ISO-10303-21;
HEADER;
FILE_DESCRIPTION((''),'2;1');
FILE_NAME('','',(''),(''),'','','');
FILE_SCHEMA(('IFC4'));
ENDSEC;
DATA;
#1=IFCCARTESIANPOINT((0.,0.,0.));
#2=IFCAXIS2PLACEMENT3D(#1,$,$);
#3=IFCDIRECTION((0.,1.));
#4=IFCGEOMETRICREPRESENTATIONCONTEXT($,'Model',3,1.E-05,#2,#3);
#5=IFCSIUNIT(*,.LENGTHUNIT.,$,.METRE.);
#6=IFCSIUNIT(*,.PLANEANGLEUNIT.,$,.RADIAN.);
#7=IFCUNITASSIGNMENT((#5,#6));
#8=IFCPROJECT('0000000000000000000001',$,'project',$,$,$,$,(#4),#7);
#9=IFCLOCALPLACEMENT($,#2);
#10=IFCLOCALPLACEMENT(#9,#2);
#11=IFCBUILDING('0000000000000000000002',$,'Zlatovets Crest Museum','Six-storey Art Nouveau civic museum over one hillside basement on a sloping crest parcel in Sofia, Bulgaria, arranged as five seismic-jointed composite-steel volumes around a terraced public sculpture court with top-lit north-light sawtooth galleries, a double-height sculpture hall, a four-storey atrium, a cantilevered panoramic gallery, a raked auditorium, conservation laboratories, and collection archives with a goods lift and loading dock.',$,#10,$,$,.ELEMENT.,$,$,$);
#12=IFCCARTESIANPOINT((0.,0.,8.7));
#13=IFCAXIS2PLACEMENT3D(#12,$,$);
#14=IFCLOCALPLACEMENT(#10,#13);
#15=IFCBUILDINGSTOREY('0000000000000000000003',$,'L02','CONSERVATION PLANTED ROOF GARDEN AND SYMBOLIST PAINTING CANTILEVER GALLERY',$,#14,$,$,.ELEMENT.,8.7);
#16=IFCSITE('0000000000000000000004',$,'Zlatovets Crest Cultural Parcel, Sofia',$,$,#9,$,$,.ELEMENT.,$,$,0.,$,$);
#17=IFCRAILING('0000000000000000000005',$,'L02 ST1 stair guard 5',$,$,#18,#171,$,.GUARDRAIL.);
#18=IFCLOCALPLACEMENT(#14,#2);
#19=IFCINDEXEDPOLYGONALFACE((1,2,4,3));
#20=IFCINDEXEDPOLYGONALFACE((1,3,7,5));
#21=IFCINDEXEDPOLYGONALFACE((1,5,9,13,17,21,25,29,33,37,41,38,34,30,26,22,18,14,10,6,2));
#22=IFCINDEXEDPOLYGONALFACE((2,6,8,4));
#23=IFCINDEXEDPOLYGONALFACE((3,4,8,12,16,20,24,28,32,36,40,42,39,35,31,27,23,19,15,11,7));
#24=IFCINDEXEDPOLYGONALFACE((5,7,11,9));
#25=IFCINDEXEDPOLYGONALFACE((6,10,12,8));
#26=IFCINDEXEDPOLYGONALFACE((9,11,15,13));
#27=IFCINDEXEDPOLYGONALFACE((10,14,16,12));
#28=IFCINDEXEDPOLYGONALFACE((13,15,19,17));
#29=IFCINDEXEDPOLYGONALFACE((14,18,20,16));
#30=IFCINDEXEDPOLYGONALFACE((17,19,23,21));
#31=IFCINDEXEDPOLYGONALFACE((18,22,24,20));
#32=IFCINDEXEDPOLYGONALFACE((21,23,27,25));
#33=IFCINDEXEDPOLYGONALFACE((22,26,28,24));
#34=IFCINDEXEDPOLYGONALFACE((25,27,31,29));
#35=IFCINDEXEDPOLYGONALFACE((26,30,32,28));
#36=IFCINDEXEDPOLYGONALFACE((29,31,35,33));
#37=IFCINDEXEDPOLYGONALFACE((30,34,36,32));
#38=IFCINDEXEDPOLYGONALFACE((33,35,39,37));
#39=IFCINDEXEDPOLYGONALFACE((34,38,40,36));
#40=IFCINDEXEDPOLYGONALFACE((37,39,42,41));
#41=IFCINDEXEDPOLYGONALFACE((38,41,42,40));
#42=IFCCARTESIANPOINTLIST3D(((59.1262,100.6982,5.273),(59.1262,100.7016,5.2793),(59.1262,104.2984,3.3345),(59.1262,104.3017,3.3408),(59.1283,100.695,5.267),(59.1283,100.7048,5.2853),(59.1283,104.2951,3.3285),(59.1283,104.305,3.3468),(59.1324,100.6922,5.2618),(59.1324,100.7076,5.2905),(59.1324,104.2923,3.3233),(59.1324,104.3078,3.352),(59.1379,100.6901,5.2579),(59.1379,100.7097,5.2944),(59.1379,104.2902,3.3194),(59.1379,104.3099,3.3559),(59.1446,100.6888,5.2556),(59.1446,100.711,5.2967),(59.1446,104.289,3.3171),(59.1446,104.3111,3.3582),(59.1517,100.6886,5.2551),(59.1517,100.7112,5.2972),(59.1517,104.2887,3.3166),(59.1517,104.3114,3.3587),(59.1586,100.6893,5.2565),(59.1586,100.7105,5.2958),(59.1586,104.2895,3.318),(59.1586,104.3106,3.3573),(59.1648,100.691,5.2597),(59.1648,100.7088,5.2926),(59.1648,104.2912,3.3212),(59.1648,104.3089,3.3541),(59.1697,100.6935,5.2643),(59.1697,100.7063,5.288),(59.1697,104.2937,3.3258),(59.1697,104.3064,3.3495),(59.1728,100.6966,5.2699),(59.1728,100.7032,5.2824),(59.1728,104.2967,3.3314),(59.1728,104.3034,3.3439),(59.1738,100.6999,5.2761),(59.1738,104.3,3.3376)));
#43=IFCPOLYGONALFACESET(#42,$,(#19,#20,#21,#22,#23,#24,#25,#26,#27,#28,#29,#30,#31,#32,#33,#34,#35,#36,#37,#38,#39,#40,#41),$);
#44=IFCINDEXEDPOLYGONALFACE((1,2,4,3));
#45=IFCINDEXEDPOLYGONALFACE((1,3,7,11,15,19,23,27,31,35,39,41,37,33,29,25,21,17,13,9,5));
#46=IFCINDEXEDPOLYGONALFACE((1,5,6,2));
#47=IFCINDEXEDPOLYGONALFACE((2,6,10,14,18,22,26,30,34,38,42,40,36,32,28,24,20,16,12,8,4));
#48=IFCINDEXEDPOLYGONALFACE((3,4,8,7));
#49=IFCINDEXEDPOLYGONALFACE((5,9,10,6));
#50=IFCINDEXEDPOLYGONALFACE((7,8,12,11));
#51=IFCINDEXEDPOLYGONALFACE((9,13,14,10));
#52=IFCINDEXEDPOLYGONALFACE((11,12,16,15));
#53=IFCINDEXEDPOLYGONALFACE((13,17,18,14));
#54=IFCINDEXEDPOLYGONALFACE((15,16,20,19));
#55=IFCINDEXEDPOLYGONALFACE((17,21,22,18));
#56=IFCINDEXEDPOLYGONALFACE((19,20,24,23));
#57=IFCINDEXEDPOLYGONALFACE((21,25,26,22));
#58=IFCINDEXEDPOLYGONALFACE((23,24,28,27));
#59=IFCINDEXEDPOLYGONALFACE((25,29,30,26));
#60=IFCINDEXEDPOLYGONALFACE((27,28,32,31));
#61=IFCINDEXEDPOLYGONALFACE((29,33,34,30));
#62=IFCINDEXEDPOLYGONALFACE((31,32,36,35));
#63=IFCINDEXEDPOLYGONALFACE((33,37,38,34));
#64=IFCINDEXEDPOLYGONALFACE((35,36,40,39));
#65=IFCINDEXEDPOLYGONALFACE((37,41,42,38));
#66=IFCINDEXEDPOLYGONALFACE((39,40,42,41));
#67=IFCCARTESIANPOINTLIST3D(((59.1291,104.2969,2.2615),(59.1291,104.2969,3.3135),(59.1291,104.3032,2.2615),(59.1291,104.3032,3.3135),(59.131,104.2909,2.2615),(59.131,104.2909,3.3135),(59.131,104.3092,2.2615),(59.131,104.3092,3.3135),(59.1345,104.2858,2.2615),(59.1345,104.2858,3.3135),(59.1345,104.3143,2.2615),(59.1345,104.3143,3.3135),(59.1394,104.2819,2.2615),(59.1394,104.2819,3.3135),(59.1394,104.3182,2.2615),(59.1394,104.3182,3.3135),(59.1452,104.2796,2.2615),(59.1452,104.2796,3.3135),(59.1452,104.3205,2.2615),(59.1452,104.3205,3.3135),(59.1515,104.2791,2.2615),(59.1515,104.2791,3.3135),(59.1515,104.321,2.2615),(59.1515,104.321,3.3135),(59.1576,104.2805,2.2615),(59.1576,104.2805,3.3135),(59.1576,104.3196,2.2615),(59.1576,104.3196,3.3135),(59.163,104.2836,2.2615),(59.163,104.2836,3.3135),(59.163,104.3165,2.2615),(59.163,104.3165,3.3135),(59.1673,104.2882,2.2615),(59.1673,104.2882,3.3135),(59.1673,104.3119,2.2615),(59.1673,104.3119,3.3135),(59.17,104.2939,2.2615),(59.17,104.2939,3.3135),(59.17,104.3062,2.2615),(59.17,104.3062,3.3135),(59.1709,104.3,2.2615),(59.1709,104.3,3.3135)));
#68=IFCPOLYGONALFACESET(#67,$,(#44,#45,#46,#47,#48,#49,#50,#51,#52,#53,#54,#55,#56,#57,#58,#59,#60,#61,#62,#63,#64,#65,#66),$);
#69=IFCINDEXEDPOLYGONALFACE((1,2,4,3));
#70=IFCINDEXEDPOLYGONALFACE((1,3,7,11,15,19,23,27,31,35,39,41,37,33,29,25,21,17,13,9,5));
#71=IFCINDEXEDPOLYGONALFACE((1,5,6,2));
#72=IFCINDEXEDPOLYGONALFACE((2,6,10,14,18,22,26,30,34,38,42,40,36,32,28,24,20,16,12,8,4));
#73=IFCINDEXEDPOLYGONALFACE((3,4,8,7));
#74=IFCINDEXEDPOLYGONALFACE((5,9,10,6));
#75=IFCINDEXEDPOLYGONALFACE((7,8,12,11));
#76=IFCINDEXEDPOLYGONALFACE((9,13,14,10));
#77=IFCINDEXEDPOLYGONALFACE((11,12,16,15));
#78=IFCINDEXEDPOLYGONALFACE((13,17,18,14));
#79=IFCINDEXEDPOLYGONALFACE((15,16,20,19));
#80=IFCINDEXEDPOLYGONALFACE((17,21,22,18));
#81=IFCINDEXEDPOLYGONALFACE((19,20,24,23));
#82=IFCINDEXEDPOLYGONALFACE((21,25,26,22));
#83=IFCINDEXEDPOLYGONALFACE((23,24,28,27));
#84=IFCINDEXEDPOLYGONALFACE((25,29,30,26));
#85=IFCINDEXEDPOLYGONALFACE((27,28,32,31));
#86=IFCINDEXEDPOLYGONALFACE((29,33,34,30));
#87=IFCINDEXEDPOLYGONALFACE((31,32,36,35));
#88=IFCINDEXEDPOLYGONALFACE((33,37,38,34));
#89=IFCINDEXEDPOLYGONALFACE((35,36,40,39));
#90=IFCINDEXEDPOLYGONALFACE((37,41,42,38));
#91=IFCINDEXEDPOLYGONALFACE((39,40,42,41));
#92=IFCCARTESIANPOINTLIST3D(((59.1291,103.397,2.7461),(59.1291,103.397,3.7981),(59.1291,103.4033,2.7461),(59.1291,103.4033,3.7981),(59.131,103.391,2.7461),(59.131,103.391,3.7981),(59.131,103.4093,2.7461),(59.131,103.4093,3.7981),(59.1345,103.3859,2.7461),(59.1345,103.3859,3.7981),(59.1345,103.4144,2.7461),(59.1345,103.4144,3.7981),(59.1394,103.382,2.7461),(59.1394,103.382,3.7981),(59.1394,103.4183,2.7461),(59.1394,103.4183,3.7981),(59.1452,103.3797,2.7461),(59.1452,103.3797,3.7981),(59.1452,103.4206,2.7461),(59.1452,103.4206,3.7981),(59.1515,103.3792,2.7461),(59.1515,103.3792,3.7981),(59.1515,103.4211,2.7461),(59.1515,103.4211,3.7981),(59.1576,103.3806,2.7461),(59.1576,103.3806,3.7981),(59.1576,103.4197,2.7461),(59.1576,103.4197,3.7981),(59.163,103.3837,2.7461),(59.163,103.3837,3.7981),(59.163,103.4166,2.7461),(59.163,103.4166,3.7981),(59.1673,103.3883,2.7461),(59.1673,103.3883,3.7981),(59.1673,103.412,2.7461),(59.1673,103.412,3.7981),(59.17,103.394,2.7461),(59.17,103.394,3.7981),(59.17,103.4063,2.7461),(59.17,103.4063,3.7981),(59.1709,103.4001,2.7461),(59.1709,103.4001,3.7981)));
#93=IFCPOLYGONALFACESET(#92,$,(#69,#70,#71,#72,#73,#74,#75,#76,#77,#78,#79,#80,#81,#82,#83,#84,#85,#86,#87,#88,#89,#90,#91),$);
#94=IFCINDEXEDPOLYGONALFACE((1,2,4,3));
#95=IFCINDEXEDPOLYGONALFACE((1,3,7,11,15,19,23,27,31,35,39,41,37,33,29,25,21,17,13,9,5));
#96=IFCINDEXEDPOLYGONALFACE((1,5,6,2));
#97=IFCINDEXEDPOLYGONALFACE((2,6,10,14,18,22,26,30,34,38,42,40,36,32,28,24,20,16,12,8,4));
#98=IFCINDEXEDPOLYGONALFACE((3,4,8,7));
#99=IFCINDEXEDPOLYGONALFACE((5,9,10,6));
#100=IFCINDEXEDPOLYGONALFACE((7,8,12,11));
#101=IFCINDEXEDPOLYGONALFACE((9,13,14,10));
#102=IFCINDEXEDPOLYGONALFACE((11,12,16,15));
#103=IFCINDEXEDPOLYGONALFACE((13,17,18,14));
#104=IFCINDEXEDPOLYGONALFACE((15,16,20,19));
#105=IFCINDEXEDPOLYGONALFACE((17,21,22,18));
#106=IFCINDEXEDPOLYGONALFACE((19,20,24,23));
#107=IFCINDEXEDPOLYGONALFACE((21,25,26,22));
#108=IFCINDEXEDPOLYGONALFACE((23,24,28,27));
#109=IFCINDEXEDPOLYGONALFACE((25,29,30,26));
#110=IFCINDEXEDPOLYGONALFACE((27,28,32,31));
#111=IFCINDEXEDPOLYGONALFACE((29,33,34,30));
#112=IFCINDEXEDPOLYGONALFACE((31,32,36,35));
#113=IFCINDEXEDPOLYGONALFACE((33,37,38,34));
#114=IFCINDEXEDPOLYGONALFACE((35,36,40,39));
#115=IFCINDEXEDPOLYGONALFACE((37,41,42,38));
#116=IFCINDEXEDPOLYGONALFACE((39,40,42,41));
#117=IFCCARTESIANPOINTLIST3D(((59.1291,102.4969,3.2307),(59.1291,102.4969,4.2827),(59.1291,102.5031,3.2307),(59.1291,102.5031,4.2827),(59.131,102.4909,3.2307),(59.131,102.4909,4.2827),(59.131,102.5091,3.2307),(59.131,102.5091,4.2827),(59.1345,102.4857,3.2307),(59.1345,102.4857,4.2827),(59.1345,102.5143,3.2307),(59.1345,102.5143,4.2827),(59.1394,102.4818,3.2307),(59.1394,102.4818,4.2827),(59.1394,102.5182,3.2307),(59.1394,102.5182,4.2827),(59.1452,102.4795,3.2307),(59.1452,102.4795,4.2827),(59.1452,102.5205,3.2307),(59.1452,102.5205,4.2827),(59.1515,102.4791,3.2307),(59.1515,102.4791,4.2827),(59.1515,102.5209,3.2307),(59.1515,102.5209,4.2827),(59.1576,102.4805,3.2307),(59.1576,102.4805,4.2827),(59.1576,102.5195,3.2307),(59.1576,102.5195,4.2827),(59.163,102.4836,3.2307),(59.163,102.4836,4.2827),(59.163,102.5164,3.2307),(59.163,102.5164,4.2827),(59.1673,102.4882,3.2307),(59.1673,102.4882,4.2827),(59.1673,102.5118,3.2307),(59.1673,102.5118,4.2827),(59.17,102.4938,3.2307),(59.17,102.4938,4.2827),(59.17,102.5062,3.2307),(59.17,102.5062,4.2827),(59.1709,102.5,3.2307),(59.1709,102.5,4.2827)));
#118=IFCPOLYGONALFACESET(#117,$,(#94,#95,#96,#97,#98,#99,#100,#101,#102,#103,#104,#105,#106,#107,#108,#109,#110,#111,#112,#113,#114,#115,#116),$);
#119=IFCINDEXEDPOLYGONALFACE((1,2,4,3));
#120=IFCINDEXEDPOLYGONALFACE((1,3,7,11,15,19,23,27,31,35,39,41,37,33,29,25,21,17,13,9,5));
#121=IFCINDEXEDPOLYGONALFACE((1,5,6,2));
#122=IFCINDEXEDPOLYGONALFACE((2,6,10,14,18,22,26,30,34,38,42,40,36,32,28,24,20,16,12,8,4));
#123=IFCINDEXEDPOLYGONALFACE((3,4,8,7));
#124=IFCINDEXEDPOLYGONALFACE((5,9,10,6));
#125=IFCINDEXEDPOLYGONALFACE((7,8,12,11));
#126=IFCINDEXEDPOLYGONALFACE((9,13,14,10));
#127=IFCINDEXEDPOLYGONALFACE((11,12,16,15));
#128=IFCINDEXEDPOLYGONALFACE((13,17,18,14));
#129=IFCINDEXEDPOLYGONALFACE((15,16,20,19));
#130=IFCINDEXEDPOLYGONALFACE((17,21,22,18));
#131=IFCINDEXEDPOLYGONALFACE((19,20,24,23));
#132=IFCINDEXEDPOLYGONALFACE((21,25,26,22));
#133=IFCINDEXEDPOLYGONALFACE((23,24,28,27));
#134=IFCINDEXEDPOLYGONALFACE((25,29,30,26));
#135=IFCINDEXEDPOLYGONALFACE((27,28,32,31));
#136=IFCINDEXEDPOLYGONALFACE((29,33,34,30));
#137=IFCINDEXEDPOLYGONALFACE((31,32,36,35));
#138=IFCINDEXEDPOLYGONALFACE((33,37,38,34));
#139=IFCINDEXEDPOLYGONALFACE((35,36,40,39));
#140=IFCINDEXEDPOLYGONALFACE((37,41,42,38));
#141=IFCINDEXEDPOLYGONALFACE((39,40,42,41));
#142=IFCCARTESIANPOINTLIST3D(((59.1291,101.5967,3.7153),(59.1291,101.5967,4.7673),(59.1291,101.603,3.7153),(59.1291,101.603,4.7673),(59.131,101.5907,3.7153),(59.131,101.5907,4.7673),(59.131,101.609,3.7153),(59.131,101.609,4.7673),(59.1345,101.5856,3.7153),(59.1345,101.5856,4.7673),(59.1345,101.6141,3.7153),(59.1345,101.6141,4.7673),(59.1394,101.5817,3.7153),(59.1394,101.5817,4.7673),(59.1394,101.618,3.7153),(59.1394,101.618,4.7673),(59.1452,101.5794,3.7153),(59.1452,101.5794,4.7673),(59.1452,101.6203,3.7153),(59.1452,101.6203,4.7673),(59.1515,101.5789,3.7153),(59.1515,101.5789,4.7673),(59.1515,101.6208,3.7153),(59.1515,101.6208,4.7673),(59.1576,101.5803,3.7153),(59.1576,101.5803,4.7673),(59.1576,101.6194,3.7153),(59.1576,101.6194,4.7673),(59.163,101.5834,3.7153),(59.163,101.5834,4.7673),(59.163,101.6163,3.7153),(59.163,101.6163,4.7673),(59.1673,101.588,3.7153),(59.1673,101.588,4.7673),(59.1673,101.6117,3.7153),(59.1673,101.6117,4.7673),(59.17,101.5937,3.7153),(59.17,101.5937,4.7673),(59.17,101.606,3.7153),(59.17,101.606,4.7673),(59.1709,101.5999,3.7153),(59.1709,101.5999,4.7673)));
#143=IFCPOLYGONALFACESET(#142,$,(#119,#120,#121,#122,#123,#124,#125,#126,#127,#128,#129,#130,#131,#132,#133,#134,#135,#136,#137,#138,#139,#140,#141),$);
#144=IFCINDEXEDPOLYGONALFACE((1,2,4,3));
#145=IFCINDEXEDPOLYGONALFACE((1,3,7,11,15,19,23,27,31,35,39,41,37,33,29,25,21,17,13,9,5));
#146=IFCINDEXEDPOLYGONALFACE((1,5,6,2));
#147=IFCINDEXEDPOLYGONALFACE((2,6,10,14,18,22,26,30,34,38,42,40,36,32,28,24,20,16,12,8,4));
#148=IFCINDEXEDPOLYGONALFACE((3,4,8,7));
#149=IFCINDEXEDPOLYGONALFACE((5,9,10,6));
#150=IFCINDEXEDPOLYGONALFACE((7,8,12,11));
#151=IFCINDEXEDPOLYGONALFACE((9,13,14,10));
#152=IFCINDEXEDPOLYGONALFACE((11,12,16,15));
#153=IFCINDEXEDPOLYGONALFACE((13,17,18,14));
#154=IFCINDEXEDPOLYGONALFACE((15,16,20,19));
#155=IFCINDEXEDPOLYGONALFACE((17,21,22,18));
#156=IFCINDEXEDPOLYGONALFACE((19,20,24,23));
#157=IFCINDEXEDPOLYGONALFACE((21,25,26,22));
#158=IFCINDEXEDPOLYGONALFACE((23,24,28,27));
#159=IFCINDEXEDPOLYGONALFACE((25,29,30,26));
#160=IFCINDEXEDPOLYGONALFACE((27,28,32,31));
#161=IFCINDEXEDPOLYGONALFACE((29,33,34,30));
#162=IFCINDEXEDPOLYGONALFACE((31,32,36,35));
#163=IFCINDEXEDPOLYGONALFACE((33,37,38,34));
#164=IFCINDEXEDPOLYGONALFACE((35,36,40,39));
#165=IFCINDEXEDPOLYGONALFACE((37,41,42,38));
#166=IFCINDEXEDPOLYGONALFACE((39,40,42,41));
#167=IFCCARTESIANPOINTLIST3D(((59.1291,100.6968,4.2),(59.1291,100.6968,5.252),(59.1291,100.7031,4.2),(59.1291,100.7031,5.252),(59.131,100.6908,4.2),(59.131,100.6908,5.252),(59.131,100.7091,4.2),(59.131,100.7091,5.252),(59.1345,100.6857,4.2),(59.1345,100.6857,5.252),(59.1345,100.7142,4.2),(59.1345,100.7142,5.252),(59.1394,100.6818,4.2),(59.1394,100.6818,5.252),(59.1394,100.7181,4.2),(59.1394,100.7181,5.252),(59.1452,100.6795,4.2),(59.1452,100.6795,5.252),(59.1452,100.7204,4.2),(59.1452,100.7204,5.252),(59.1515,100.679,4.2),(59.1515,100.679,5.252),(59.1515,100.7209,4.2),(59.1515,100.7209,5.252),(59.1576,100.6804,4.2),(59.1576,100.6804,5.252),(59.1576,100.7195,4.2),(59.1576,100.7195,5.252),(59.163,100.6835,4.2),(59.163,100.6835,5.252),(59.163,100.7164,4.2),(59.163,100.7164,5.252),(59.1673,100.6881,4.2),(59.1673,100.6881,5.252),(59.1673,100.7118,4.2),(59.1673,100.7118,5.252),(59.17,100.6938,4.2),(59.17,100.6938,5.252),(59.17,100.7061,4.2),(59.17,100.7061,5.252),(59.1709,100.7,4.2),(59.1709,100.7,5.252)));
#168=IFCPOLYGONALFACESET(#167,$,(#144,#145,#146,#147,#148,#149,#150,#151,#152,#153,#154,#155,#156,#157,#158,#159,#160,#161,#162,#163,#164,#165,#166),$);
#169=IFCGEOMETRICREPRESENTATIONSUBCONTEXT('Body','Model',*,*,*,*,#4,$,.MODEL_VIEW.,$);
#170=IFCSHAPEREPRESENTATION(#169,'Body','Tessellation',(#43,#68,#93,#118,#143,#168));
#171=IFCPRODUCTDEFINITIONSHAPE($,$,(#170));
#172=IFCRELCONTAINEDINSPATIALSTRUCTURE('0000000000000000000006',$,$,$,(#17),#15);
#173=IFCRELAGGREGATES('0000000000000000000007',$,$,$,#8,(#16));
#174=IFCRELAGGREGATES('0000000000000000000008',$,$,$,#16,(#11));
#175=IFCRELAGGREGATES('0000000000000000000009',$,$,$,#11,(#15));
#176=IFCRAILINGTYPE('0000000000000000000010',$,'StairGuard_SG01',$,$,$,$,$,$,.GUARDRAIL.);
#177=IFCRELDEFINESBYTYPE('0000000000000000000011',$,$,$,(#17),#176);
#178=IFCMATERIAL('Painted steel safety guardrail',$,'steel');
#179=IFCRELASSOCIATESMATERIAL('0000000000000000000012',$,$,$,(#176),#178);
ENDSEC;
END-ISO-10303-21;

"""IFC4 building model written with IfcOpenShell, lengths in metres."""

from ifc_helpers import new_model, si_unit, direction, frame, origin, origin_2d, place, context, subcontext, project, spatial, circle, extrude, material, type_object, element, save


model = new_model("IFC4")

# Units and contexts
model_context = context("Model", 3, precision=1e-05, world=origin(), true_north=direction((0.0, 1.0)))
body_context = subcontext(model_context, "Body", "Model", "MODEL_VIEW")
ifc_project = project(units=[si_unit("LENGTHUNIT", "METRE"), si_unit("PLANEANGLEUNIT", "RADIAN")], contexts=[model_context])

# Site, building, storey
site_placement = place(None, origin())
site = spatial("IfcSite", under=ifc_project, at=site_placement, Name="Zlatovets Crest Cultural Parcel, Sofia", CompositionType="ELEMENT", RefElevation=0.0)
building_placement = place(site_placement, origin())
building = spatial("IfcBuilding", under=site, at=building_placement, Name="Zlatovets Crest Museum", Description="Six-storey Art Nouveau civic museum over one hillside basement on a sloping crest parcel in Sofia, Bulgaria, arranged as five seismic-jointed composite-steel volumes around a terraced public sculpture court with top-lit north-light sawtooth galleries, a double-height sculpture hall, a four-storey atrium, a cantilevered panoramic gallery, a raked auditorium, conservation laboratories, and collection archives with a goods lift and loading dock.", CompositionType="ELEMENT")
storey_placement = place(building_placement, frame((0.0, 0.0, 8.7)))
storey = spatial("IfcBuildingStorey", under=building, at=storey_placement, Name="L02", Description="CONSERVATION PLANTED ROOF GARDEN AND SYMBOLIST PAINTING CANTILEVER GALLERY", CompositionType="ELEMENT", Elevation=8.7)

# Railing
ifc_material_1 = material(Name="Painted steel safety guardrail", Category="steel")
railing_type_1 = type_object("IfcRailingType", Name="StairGuard_SG01", PredefinedType="GUARDRAIL", material=ifc_material_1)
railing_1_placement = place(storey_placement, frame((59.1499, 104.3, 2.2615)))
element("IfcRailing", 1, at=railing_1_placement, inside=storey, type_object=railing_type_1, Name="L02 ST1 stair guard 5", PredefinedType="GUARDRAIL", context=body_context, shape_type="SweptSolid", body=[
    extrude(circle(Radius=0.0239, at=origin_2d()), frame((0.0, 0.0, 1.0762), z_axis=(0.0, -0.880475, 0.474093), x_axis=(1.0, 0.0, 0.0)), (0.0, 0.0, 1.0), 4.0889),
    extrude(circle(Radius=0.021, at=origin_2d()), origin(), (0.0, 0.0, 1.0), 1.052),
    extrude(circle(Radius=0.021, at=origin_2d()), frame((0.0, -0.8999, 0.4846)), (0.0, 0.0, 1.0), 1.052),
    extrude(circle(Radius=0.021, at=origin_2d()), frame((0.0, -1.8, 0.9692)), (0.0, 0.0, 1.0), 1.052),
    extrude(circle(Radius=0.021, at=origin_2d()), frame((0.0, -2.7002, 1.4539)), (0.0, 0.0, 1.0), 1.052),
    extrude(circle(Radius=0.021, at=origin_2d()), frame((0.0, -3.6001, 1.9385)), (0.0, 0.0, 1.0), 1.052),
])

save(model, "model.ifc")
